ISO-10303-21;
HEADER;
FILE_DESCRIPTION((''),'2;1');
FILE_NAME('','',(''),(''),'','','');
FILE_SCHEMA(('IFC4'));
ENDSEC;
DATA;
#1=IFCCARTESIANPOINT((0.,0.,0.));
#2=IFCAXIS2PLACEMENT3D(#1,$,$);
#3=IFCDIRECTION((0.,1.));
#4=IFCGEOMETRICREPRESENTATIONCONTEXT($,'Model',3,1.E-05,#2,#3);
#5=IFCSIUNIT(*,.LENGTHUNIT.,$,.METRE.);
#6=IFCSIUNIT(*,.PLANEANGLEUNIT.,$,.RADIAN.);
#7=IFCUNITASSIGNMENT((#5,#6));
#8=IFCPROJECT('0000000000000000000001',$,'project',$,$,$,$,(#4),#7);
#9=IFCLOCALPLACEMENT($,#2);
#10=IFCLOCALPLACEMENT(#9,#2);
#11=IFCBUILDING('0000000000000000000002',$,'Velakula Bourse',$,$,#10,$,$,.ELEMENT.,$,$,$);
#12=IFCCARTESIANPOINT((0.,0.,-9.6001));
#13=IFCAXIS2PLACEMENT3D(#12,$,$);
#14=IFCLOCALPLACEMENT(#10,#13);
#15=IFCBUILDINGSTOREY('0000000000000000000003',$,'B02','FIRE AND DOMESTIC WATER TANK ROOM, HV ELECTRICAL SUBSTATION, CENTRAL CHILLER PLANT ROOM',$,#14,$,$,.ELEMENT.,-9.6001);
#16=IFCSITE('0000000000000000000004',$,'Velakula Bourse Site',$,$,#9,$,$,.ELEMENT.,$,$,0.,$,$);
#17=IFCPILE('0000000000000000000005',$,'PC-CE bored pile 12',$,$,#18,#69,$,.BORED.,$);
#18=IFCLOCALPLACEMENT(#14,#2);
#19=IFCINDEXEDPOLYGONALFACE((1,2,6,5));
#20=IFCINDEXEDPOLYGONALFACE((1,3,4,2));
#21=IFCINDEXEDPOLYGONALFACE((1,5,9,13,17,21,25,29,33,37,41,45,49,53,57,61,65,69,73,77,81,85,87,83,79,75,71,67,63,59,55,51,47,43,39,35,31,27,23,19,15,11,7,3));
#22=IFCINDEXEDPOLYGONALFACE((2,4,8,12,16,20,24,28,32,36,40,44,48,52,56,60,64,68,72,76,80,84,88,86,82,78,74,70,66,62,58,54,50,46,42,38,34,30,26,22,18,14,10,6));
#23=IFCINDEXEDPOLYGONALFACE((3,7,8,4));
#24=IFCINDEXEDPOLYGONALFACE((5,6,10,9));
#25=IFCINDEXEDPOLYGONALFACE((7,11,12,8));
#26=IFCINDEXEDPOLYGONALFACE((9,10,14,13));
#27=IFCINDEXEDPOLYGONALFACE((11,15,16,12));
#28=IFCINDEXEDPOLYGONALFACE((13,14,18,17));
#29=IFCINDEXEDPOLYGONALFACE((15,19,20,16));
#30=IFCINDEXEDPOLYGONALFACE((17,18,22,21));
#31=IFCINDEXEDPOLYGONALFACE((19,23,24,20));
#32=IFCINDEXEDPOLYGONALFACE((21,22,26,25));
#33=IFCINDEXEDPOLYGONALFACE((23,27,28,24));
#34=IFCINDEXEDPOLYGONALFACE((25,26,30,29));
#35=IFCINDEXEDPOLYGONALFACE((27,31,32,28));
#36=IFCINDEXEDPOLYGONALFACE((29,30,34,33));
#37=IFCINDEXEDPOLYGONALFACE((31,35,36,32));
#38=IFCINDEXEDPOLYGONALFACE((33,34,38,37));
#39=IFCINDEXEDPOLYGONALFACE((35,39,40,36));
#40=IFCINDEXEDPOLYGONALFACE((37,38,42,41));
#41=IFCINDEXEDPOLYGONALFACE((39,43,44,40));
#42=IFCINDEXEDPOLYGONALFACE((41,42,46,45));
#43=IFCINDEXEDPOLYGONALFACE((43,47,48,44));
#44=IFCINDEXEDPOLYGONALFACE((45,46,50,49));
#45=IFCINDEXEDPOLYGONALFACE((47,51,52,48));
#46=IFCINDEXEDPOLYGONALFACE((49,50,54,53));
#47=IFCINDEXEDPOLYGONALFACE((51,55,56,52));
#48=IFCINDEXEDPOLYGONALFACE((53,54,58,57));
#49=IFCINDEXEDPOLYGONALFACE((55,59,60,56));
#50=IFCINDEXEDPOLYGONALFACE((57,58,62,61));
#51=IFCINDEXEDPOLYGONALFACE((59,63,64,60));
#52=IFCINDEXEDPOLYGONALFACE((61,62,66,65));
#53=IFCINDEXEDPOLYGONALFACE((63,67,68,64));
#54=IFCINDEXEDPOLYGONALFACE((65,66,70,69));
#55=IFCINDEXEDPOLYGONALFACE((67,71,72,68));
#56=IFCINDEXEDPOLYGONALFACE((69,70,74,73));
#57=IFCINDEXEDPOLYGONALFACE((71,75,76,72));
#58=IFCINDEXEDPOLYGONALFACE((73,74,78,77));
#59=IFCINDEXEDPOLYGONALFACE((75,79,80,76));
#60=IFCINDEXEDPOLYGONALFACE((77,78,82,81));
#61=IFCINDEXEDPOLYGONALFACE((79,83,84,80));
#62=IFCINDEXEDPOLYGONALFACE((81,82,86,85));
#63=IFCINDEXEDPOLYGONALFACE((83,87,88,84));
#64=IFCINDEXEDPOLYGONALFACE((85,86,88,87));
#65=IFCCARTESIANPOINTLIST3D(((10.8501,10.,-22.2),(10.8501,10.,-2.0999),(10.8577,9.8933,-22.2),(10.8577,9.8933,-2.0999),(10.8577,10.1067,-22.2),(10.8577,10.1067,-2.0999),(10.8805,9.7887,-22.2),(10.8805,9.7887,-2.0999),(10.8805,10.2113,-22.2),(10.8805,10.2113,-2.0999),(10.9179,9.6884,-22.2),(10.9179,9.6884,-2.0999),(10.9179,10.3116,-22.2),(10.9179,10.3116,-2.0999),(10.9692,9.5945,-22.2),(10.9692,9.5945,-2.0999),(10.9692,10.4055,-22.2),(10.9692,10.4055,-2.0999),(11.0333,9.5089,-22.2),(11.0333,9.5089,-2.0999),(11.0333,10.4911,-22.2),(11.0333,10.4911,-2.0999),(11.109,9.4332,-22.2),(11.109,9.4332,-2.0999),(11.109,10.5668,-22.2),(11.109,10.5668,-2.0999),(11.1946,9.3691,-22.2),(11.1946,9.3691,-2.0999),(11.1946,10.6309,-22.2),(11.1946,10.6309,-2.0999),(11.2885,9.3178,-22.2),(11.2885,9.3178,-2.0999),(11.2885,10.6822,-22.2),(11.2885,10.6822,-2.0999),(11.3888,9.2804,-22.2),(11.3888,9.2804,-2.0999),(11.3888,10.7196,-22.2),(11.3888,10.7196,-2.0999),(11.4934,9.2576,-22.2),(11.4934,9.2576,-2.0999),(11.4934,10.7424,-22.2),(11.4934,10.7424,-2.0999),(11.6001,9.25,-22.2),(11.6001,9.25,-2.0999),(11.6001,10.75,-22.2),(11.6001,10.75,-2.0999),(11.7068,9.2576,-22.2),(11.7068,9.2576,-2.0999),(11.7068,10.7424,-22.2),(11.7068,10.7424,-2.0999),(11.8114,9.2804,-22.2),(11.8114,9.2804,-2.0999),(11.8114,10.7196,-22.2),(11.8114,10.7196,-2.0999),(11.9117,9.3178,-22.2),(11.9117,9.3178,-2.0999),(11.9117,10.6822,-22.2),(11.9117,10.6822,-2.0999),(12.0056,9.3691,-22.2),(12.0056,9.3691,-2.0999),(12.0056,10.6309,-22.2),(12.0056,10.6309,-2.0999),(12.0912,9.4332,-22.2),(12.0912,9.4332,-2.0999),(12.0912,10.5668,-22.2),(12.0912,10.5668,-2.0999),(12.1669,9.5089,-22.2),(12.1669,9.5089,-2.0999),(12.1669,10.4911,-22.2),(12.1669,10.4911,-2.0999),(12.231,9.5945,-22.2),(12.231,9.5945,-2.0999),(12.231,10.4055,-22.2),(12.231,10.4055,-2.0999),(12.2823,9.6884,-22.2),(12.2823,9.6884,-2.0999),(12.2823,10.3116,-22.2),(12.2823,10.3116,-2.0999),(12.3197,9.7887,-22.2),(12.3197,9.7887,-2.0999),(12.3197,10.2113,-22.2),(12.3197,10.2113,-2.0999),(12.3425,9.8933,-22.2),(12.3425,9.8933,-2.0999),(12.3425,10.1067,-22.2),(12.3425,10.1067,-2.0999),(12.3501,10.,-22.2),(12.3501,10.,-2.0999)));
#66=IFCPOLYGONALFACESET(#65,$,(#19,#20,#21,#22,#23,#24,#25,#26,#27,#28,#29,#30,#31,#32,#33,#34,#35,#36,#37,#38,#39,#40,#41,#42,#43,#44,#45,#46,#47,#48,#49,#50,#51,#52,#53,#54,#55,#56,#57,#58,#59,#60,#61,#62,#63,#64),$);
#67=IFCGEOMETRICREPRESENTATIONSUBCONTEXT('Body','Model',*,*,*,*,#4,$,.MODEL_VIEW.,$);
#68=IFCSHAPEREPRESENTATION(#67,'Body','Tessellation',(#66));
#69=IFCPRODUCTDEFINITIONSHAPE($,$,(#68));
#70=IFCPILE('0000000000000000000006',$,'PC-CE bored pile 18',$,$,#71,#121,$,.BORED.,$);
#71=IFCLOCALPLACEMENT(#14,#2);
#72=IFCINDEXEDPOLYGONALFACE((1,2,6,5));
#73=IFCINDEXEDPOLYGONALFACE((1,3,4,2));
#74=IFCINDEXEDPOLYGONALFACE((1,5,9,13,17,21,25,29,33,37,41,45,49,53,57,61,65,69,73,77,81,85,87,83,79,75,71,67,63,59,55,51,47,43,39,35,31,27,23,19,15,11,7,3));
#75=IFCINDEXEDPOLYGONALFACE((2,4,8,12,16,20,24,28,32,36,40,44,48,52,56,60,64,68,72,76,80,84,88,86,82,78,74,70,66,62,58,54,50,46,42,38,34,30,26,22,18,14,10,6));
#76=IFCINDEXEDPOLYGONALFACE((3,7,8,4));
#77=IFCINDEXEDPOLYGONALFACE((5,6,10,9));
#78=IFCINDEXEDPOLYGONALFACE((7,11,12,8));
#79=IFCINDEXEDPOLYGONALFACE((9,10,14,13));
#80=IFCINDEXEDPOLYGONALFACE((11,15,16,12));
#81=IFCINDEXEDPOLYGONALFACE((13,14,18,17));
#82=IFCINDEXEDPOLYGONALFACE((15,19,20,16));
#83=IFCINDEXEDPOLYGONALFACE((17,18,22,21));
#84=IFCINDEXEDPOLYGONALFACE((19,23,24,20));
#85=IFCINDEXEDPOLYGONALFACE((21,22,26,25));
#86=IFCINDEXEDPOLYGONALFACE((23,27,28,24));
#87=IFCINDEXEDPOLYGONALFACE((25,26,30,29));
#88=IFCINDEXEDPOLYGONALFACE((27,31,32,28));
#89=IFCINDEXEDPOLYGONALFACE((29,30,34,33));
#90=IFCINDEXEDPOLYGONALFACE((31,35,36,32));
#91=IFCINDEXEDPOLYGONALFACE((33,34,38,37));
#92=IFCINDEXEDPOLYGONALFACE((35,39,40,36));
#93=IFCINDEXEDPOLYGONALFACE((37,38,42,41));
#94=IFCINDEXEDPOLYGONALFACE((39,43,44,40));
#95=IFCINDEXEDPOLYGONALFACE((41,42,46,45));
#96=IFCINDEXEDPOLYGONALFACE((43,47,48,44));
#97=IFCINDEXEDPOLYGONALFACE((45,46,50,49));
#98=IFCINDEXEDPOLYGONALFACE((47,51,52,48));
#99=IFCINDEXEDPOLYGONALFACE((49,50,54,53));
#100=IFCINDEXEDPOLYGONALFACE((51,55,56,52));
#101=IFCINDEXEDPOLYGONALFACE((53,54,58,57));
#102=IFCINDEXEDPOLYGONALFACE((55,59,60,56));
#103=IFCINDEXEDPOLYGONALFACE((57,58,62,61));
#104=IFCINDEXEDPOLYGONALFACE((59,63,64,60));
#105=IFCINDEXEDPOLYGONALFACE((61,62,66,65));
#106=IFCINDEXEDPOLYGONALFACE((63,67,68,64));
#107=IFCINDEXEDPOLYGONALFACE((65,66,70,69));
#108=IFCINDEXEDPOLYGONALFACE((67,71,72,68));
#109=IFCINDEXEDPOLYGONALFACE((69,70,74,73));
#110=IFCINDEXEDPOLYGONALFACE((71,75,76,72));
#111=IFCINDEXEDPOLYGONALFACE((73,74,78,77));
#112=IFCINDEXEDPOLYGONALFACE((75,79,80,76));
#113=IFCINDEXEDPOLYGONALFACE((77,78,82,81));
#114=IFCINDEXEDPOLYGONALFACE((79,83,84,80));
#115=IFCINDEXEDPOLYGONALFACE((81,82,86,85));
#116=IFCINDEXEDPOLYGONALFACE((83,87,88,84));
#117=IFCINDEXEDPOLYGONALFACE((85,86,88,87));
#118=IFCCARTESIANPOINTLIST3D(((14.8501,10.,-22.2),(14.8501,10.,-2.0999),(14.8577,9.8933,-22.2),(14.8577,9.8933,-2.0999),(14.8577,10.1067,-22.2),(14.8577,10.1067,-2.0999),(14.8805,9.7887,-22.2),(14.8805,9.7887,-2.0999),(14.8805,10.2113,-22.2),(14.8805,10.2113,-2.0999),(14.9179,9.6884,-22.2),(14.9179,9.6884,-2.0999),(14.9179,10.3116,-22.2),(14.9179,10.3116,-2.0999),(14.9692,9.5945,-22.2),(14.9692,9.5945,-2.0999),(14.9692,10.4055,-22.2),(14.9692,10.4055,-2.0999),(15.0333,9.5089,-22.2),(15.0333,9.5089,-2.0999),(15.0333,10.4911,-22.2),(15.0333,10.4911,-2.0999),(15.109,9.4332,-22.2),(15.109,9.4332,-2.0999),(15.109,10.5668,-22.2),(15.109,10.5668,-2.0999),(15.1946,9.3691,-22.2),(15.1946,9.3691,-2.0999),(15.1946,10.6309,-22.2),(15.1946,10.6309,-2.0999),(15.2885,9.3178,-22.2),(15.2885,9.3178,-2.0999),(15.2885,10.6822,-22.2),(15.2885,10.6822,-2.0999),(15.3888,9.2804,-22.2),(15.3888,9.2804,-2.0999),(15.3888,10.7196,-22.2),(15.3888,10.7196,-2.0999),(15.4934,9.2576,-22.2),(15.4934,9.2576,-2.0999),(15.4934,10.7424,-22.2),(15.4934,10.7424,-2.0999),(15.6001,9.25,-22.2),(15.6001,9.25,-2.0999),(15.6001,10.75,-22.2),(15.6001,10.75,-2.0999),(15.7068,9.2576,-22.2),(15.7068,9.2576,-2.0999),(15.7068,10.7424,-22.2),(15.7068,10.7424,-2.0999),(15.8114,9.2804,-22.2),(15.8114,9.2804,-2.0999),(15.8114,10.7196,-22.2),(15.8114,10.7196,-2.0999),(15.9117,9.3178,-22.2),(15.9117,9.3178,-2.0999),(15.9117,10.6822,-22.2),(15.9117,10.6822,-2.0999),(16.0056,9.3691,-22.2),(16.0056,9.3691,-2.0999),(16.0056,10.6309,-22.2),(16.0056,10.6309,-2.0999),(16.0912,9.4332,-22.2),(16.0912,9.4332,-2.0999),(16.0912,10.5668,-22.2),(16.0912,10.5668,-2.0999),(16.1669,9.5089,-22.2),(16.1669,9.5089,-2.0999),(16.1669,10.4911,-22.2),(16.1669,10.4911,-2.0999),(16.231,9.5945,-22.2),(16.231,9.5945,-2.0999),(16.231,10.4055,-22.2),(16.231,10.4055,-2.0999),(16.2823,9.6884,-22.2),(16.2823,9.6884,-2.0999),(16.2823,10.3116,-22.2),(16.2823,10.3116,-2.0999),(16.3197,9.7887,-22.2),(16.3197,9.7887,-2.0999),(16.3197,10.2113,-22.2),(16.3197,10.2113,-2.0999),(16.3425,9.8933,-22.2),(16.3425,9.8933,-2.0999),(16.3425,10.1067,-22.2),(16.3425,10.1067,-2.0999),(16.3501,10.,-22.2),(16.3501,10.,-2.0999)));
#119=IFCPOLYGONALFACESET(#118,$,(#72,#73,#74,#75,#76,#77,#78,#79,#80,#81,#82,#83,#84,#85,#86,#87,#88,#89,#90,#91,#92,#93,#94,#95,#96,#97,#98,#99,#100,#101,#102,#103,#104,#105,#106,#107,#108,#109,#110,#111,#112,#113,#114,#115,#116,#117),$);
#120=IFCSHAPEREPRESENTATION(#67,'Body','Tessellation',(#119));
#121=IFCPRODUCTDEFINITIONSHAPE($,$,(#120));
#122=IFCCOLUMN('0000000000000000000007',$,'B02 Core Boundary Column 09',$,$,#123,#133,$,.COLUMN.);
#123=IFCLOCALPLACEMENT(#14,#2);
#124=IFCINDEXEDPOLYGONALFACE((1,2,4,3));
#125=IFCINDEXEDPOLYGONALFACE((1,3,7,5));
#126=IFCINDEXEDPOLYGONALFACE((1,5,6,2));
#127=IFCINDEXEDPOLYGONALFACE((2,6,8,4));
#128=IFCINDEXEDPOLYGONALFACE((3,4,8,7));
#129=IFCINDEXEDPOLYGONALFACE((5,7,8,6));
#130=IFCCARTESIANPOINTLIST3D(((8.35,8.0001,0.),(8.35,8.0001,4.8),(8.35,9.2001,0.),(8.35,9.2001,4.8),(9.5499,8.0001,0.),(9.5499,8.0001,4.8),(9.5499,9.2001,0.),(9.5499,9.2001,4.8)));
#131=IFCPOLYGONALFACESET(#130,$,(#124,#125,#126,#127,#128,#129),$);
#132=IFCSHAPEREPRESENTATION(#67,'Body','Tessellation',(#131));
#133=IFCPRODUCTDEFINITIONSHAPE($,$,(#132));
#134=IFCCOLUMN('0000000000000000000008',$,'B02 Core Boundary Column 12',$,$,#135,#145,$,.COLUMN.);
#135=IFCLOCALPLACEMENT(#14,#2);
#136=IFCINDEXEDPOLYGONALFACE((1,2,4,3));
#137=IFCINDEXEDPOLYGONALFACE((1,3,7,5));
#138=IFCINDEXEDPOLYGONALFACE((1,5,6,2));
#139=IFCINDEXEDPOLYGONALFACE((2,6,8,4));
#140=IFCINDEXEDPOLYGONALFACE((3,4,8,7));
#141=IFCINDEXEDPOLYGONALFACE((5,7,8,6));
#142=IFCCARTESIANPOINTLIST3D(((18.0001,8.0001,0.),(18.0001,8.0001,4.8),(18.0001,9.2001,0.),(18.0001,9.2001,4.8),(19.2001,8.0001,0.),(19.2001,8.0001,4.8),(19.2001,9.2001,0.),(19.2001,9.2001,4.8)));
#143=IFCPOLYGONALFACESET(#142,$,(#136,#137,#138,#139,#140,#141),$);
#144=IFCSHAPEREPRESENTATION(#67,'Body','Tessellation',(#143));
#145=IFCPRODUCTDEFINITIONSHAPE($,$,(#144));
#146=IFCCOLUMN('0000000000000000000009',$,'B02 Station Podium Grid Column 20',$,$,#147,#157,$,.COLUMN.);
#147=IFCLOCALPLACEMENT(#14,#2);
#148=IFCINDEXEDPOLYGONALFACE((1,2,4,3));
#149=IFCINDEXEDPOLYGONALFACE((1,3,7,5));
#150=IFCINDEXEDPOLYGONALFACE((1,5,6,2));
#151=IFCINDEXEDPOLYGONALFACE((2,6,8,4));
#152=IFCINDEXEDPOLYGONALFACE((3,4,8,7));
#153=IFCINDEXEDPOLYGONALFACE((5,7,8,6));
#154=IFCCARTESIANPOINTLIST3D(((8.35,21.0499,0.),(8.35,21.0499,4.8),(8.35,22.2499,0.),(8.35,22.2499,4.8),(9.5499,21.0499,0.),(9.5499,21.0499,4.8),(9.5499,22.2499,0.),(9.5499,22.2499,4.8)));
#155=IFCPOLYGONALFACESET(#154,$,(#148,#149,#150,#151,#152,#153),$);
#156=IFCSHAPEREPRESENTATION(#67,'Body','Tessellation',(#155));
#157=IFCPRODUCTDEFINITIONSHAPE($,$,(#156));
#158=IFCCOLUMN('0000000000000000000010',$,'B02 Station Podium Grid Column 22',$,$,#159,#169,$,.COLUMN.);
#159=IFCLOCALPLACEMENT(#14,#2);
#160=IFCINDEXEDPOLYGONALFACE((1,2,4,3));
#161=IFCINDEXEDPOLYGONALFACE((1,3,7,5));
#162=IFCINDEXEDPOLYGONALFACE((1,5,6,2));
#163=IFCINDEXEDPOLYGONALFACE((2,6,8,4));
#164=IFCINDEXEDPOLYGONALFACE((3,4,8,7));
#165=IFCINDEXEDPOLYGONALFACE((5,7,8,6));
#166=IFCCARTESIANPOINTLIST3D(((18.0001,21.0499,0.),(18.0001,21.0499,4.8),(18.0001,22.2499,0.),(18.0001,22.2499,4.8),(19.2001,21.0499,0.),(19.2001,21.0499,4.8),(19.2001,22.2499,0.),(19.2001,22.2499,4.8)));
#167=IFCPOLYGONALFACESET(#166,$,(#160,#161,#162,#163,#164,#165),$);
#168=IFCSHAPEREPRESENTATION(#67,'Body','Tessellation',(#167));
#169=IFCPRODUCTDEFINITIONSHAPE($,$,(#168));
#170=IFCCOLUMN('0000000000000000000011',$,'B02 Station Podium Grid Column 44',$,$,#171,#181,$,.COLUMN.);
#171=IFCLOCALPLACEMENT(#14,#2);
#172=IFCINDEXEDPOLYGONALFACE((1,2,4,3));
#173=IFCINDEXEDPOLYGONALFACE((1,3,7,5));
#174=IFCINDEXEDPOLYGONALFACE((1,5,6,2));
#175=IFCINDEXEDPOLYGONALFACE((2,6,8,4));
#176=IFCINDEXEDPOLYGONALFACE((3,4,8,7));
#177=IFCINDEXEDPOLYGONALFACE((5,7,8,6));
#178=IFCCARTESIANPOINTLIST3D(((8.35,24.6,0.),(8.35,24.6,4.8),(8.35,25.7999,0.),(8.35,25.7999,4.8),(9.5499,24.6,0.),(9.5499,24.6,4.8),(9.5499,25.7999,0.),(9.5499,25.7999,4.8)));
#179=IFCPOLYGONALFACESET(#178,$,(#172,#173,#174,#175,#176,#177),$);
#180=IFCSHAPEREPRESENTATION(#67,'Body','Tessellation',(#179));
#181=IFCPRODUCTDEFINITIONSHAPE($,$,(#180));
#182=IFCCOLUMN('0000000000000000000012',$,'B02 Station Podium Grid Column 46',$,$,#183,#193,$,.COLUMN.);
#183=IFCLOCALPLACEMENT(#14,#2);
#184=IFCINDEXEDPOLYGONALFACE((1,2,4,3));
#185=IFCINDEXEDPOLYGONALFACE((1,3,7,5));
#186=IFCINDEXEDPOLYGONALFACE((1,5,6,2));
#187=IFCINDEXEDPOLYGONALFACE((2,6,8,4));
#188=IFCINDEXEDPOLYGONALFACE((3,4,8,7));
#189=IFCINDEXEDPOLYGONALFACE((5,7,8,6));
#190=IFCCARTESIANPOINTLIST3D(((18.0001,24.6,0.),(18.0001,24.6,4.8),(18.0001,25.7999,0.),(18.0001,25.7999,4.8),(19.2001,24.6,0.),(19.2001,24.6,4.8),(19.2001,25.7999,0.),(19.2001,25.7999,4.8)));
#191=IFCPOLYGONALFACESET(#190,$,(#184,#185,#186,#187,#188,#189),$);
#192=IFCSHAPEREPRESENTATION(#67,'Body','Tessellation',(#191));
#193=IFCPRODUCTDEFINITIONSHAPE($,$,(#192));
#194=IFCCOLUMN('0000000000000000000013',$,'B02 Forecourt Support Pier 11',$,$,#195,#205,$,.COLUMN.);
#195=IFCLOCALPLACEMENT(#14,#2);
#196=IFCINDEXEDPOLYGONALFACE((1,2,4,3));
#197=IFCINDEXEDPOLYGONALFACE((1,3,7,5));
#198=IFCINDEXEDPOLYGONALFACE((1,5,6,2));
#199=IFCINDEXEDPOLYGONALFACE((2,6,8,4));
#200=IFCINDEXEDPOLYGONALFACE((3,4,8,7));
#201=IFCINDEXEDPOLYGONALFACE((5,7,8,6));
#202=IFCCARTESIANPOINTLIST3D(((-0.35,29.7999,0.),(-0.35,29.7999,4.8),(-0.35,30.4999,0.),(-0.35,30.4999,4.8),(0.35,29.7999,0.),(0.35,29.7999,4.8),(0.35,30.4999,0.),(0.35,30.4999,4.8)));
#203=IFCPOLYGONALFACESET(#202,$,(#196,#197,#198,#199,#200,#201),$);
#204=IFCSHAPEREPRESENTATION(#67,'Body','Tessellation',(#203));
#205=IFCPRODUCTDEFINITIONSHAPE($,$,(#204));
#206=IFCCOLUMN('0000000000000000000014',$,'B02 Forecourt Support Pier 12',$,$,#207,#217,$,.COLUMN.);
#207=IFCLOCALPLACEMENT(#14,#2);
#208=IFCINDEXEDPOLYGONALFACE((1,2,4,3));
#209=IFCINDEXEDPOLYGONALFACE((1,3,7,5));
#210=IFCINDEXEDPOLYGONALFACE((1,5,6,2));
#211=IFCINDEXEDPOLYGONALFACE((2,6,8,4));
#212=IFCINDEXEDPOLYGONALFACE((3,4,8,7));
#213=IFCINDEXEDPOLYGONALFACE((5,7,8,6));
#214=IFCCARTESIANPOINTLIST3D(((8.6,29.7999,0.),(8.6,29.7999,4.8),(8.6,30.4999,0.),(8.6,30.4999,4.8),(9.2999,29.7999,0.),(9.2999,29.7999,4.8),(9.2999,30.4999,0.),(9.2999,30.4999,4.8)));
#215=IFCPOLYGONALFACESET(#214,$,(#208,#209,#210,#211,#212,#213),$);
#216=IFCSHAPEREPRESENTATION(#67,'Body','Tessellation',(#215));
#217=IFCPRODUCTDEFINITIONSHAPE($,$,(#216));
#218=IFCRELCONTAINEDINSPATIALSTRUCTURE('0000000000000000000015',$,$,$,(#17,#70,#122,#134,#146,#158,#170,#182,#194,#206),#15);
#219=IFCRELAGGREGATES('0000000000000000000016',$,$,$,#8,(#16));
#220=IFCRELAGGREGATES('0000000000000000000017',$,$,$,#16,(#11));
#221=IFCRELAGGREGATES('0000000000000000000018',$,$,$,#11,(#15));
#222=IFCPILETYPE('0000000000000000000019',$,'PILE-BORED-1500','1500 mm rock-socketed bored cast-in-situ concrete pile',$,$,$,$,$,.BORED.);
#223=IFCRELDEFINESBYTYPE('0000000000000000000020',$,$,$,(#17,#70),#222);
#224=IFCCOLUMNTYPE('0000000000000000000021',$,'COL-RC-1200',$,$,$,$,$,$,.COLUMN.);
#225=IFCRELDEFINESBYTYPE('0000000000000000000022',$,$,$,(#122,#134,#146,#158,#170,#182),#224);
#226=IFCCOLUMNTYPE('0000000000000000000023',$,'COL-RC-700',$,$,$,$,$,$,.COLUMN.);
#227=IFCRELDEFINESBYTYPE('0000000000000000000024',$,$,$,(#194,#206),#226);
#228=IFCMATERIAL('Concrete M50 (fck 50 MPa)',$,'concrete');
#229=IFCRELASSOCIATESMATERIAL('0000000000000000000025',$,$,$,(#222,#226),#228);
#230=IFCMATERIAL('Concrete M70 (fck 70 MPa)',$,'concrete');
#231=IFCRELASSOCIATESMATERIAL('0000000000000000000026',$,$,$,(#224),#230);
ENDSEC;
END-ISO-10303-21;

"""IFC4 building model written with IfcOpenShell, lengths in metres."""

from ifc_helpers import new_model, si_unit, direction, frame, origin, origin_2d, place, context, subcontext, project, spatial, rectangle, circle, extrude, material, material_profile, profile_set, type_object, element, save


model = new_model("IFC4")

# Units and contexts
model_context = context("Model", 3, precision=1e-05, world=origin(), true_north=direction((0.0, 1.0)))
body_context = subcontext(model_context, "Body", "Model", "MODEL_VIEW")
ifc_project = project(units=[si_unit("LENGTHUNIT", "METRE"), si_unit("PLANEANGLEUNIT", "RADIAN")], contexts=[model_context])

# Site, building, storey
site_placement = place(None, origin())
site = spatial("IfcSite", under=ifc_project, at=site_placement, Name="Velakula Bourse Site", CompositionType="ELEMENT", RefElevation=0.0)
building_placement = place(site_placement, origin())
building = spatial("IfcBuilding", under=site, at=building_placement, Name="Velakula Bourse", CompositionType="ELEMENT")
storey_placement = place(building_placement, frame((0.0, 0.0, -9.6001)))
storey = spatial("IfcBuildingStorey", under=building, at=storey_placement, Name="B02", Description="FIRE AND DOMESTIC WATER TANK ROOM, HV ELECTRICAL SUBSTATION, CENTRAL CHILLER PLANT ROOM", CompositionType="ELEMENT", Elevation=-9.6001)

# Shared definitions
ifc_material_1 = material(Name="Concrete M70 (fck 70 MPa)", Category="concrete")
ifc_material_2 = material(Name="Concrete M50 (fck 50 MPa)", Category="concrete")

# Piles
ifc_material_profile_1 = material_profile(ifc_material_2, circle(Radius=0.75, at=origin_2d()), Name="Concrete M50 (fck 50 MPa)")
ifc_profile_set_1 = profile_set([ifc_material_profile_1], Name="Concrete M50 (fck 50 MPa)")
pile_type_1 = type_object("IfcPileType", Name="PILE-BORED-1500", Description="1500 mm rock-socketed bored cast-in-situ concrete pile", PredefinedType="BORED", material=ifc_profile_set_1)
for number, where, z_axis, x_axis, name in (
    (1, (11.6001, 10.0, -2.0999), (0.0, 0.0, -1.0), (1.0, 0.0, 0.0), "PC-CE bored pile 12"),
    (2, (15.6001, 10.0, -2.0999), (0.0, 0.0, -1.0), (1.0, 0.0, 0.0), "PC-CE bored pile 18"),
):
    element("IfcPile", number, at=place(storey_placement, frame(where, z_axis=z_axis, x_axis=x_axis)), inside=storey, type_object=pile_type_1, Name=name, PredefinedType="BORED", context=body_context, shape_type="SweptSolid", body=[
        extrude(circle(Radius=0.75, at=origin_2d()), origin(), (0.0, 0.0, 1.0), 20.1001),
    ])

# Columns
ifc_material_profile_2 = material_profile(ifc_material_1, rectangle(XDim=1.2, YDim=1.2, at=origin_2d()), Name="Concrete M70 (fck 70 MPa)")
ifc_profile_set_2 = profile_set([ifc_material_profile_2], Name="Concrete M70 (fck 70 MPa)")
column_type_1 = type_object("IfcColumnType", Name="COL-RC-1200", PredefinedType="COLUMN", material=ifc_profile_set_2)
for number, where, z_axis, x_axis, name in (
    (3, (8.95, 8.6001, 0.0), (0.0, 0.0, 1.0), (1.0, 0.0, 0.0), "B02 Core Boundary Column 09"),
    (4, (18.6001, 8.6001, 0.0), (0.0, 0.0, 1.0), (1.0, 0.0, 0.0), "B02 Core Boundary Column 12"),
    (5, (8.95, 21.6499, 0.0), (0.0, 0.0, 1.0), (1.0, 0.0, 0.0), "B02 Station Podium Grid Column 20"),
    (6, (18.6001, 21.6499, 0.0), (0.0, 0.0, 1.0), (1.0, 0.0, 0.0), "B02 Station Podium Grid Column 22"),
    (7, (8.95, 25.2, 0.0), (0.0, 0.0, 1.0), (1.0, 0.0, 0.0), "B02 Station Podium Grid Column 44"),
    (8, (18.6001, 25.2, 0.0), (0.0, 0.0, 1.0), (1.0, 0.0, 0.0), "B02 Station Podium Grid Column 46"),
):
    element("IfcColumn", number, at=place(storey_placement, frame(where, z_axis=z_axis, x_axis=x_axis)), inside=storey, type_object=column_type_1, Name=name, PredefinedType="COLUMN", context=body_context, shape_type="SweptSolid", body=[
        extrude(rectangle(XDim=1.2, YDim=1.2, at=origin_2d()), origin(), (0.0, 0.0, 1.0), 4.8),
    ])
ifc_material_profile_3 = material_profile(ifc_material_2, rectangle(XDim=0.7, YDim=0.7, at=origin_2d()), Name="Concrete M50 (fck 50 MPa)")
ifc_profile_set_3 = profile_set([ifc_material_profile_3], Name="Concrete M50 (fck 50 MPa)")
column_type_2 = type_object("IfcColumnType", Name="COL-RC-700", PredefinedType="COLUMN", material=ifc_profile_set_3)
for number, where, z_axis, x_axis, name in (
    (9, (0.0, 30.1499, 0.0), (0.0, 0.0, 1.0), (1.0, 0.0, 0.0), "B02 Forecourt Support Pier 11"),
    (10, (8.95, 30.1499, 0.0), (0.0, 0.0, 1.0), (1.0, 0.0, 0.0), "B02 Forecourt Support Pier 12"),
):
    element("IfcColumn", number, at=place(storey_placement, frame(where, z_axis=z_axis, x_axis=x_axis)), inside=storey, type_object=column_type_2, Name=name, PredefinedType="COLUMN", context=body_context, shape_type="SweptSolid", body=[
        extrude(rectangle(XDim=0.7, YDim=0.7, at=origin_2d()), origin(), (0.0, 0.0, 1.0), 4.8),
    ])

save(model, "model.ifc")
